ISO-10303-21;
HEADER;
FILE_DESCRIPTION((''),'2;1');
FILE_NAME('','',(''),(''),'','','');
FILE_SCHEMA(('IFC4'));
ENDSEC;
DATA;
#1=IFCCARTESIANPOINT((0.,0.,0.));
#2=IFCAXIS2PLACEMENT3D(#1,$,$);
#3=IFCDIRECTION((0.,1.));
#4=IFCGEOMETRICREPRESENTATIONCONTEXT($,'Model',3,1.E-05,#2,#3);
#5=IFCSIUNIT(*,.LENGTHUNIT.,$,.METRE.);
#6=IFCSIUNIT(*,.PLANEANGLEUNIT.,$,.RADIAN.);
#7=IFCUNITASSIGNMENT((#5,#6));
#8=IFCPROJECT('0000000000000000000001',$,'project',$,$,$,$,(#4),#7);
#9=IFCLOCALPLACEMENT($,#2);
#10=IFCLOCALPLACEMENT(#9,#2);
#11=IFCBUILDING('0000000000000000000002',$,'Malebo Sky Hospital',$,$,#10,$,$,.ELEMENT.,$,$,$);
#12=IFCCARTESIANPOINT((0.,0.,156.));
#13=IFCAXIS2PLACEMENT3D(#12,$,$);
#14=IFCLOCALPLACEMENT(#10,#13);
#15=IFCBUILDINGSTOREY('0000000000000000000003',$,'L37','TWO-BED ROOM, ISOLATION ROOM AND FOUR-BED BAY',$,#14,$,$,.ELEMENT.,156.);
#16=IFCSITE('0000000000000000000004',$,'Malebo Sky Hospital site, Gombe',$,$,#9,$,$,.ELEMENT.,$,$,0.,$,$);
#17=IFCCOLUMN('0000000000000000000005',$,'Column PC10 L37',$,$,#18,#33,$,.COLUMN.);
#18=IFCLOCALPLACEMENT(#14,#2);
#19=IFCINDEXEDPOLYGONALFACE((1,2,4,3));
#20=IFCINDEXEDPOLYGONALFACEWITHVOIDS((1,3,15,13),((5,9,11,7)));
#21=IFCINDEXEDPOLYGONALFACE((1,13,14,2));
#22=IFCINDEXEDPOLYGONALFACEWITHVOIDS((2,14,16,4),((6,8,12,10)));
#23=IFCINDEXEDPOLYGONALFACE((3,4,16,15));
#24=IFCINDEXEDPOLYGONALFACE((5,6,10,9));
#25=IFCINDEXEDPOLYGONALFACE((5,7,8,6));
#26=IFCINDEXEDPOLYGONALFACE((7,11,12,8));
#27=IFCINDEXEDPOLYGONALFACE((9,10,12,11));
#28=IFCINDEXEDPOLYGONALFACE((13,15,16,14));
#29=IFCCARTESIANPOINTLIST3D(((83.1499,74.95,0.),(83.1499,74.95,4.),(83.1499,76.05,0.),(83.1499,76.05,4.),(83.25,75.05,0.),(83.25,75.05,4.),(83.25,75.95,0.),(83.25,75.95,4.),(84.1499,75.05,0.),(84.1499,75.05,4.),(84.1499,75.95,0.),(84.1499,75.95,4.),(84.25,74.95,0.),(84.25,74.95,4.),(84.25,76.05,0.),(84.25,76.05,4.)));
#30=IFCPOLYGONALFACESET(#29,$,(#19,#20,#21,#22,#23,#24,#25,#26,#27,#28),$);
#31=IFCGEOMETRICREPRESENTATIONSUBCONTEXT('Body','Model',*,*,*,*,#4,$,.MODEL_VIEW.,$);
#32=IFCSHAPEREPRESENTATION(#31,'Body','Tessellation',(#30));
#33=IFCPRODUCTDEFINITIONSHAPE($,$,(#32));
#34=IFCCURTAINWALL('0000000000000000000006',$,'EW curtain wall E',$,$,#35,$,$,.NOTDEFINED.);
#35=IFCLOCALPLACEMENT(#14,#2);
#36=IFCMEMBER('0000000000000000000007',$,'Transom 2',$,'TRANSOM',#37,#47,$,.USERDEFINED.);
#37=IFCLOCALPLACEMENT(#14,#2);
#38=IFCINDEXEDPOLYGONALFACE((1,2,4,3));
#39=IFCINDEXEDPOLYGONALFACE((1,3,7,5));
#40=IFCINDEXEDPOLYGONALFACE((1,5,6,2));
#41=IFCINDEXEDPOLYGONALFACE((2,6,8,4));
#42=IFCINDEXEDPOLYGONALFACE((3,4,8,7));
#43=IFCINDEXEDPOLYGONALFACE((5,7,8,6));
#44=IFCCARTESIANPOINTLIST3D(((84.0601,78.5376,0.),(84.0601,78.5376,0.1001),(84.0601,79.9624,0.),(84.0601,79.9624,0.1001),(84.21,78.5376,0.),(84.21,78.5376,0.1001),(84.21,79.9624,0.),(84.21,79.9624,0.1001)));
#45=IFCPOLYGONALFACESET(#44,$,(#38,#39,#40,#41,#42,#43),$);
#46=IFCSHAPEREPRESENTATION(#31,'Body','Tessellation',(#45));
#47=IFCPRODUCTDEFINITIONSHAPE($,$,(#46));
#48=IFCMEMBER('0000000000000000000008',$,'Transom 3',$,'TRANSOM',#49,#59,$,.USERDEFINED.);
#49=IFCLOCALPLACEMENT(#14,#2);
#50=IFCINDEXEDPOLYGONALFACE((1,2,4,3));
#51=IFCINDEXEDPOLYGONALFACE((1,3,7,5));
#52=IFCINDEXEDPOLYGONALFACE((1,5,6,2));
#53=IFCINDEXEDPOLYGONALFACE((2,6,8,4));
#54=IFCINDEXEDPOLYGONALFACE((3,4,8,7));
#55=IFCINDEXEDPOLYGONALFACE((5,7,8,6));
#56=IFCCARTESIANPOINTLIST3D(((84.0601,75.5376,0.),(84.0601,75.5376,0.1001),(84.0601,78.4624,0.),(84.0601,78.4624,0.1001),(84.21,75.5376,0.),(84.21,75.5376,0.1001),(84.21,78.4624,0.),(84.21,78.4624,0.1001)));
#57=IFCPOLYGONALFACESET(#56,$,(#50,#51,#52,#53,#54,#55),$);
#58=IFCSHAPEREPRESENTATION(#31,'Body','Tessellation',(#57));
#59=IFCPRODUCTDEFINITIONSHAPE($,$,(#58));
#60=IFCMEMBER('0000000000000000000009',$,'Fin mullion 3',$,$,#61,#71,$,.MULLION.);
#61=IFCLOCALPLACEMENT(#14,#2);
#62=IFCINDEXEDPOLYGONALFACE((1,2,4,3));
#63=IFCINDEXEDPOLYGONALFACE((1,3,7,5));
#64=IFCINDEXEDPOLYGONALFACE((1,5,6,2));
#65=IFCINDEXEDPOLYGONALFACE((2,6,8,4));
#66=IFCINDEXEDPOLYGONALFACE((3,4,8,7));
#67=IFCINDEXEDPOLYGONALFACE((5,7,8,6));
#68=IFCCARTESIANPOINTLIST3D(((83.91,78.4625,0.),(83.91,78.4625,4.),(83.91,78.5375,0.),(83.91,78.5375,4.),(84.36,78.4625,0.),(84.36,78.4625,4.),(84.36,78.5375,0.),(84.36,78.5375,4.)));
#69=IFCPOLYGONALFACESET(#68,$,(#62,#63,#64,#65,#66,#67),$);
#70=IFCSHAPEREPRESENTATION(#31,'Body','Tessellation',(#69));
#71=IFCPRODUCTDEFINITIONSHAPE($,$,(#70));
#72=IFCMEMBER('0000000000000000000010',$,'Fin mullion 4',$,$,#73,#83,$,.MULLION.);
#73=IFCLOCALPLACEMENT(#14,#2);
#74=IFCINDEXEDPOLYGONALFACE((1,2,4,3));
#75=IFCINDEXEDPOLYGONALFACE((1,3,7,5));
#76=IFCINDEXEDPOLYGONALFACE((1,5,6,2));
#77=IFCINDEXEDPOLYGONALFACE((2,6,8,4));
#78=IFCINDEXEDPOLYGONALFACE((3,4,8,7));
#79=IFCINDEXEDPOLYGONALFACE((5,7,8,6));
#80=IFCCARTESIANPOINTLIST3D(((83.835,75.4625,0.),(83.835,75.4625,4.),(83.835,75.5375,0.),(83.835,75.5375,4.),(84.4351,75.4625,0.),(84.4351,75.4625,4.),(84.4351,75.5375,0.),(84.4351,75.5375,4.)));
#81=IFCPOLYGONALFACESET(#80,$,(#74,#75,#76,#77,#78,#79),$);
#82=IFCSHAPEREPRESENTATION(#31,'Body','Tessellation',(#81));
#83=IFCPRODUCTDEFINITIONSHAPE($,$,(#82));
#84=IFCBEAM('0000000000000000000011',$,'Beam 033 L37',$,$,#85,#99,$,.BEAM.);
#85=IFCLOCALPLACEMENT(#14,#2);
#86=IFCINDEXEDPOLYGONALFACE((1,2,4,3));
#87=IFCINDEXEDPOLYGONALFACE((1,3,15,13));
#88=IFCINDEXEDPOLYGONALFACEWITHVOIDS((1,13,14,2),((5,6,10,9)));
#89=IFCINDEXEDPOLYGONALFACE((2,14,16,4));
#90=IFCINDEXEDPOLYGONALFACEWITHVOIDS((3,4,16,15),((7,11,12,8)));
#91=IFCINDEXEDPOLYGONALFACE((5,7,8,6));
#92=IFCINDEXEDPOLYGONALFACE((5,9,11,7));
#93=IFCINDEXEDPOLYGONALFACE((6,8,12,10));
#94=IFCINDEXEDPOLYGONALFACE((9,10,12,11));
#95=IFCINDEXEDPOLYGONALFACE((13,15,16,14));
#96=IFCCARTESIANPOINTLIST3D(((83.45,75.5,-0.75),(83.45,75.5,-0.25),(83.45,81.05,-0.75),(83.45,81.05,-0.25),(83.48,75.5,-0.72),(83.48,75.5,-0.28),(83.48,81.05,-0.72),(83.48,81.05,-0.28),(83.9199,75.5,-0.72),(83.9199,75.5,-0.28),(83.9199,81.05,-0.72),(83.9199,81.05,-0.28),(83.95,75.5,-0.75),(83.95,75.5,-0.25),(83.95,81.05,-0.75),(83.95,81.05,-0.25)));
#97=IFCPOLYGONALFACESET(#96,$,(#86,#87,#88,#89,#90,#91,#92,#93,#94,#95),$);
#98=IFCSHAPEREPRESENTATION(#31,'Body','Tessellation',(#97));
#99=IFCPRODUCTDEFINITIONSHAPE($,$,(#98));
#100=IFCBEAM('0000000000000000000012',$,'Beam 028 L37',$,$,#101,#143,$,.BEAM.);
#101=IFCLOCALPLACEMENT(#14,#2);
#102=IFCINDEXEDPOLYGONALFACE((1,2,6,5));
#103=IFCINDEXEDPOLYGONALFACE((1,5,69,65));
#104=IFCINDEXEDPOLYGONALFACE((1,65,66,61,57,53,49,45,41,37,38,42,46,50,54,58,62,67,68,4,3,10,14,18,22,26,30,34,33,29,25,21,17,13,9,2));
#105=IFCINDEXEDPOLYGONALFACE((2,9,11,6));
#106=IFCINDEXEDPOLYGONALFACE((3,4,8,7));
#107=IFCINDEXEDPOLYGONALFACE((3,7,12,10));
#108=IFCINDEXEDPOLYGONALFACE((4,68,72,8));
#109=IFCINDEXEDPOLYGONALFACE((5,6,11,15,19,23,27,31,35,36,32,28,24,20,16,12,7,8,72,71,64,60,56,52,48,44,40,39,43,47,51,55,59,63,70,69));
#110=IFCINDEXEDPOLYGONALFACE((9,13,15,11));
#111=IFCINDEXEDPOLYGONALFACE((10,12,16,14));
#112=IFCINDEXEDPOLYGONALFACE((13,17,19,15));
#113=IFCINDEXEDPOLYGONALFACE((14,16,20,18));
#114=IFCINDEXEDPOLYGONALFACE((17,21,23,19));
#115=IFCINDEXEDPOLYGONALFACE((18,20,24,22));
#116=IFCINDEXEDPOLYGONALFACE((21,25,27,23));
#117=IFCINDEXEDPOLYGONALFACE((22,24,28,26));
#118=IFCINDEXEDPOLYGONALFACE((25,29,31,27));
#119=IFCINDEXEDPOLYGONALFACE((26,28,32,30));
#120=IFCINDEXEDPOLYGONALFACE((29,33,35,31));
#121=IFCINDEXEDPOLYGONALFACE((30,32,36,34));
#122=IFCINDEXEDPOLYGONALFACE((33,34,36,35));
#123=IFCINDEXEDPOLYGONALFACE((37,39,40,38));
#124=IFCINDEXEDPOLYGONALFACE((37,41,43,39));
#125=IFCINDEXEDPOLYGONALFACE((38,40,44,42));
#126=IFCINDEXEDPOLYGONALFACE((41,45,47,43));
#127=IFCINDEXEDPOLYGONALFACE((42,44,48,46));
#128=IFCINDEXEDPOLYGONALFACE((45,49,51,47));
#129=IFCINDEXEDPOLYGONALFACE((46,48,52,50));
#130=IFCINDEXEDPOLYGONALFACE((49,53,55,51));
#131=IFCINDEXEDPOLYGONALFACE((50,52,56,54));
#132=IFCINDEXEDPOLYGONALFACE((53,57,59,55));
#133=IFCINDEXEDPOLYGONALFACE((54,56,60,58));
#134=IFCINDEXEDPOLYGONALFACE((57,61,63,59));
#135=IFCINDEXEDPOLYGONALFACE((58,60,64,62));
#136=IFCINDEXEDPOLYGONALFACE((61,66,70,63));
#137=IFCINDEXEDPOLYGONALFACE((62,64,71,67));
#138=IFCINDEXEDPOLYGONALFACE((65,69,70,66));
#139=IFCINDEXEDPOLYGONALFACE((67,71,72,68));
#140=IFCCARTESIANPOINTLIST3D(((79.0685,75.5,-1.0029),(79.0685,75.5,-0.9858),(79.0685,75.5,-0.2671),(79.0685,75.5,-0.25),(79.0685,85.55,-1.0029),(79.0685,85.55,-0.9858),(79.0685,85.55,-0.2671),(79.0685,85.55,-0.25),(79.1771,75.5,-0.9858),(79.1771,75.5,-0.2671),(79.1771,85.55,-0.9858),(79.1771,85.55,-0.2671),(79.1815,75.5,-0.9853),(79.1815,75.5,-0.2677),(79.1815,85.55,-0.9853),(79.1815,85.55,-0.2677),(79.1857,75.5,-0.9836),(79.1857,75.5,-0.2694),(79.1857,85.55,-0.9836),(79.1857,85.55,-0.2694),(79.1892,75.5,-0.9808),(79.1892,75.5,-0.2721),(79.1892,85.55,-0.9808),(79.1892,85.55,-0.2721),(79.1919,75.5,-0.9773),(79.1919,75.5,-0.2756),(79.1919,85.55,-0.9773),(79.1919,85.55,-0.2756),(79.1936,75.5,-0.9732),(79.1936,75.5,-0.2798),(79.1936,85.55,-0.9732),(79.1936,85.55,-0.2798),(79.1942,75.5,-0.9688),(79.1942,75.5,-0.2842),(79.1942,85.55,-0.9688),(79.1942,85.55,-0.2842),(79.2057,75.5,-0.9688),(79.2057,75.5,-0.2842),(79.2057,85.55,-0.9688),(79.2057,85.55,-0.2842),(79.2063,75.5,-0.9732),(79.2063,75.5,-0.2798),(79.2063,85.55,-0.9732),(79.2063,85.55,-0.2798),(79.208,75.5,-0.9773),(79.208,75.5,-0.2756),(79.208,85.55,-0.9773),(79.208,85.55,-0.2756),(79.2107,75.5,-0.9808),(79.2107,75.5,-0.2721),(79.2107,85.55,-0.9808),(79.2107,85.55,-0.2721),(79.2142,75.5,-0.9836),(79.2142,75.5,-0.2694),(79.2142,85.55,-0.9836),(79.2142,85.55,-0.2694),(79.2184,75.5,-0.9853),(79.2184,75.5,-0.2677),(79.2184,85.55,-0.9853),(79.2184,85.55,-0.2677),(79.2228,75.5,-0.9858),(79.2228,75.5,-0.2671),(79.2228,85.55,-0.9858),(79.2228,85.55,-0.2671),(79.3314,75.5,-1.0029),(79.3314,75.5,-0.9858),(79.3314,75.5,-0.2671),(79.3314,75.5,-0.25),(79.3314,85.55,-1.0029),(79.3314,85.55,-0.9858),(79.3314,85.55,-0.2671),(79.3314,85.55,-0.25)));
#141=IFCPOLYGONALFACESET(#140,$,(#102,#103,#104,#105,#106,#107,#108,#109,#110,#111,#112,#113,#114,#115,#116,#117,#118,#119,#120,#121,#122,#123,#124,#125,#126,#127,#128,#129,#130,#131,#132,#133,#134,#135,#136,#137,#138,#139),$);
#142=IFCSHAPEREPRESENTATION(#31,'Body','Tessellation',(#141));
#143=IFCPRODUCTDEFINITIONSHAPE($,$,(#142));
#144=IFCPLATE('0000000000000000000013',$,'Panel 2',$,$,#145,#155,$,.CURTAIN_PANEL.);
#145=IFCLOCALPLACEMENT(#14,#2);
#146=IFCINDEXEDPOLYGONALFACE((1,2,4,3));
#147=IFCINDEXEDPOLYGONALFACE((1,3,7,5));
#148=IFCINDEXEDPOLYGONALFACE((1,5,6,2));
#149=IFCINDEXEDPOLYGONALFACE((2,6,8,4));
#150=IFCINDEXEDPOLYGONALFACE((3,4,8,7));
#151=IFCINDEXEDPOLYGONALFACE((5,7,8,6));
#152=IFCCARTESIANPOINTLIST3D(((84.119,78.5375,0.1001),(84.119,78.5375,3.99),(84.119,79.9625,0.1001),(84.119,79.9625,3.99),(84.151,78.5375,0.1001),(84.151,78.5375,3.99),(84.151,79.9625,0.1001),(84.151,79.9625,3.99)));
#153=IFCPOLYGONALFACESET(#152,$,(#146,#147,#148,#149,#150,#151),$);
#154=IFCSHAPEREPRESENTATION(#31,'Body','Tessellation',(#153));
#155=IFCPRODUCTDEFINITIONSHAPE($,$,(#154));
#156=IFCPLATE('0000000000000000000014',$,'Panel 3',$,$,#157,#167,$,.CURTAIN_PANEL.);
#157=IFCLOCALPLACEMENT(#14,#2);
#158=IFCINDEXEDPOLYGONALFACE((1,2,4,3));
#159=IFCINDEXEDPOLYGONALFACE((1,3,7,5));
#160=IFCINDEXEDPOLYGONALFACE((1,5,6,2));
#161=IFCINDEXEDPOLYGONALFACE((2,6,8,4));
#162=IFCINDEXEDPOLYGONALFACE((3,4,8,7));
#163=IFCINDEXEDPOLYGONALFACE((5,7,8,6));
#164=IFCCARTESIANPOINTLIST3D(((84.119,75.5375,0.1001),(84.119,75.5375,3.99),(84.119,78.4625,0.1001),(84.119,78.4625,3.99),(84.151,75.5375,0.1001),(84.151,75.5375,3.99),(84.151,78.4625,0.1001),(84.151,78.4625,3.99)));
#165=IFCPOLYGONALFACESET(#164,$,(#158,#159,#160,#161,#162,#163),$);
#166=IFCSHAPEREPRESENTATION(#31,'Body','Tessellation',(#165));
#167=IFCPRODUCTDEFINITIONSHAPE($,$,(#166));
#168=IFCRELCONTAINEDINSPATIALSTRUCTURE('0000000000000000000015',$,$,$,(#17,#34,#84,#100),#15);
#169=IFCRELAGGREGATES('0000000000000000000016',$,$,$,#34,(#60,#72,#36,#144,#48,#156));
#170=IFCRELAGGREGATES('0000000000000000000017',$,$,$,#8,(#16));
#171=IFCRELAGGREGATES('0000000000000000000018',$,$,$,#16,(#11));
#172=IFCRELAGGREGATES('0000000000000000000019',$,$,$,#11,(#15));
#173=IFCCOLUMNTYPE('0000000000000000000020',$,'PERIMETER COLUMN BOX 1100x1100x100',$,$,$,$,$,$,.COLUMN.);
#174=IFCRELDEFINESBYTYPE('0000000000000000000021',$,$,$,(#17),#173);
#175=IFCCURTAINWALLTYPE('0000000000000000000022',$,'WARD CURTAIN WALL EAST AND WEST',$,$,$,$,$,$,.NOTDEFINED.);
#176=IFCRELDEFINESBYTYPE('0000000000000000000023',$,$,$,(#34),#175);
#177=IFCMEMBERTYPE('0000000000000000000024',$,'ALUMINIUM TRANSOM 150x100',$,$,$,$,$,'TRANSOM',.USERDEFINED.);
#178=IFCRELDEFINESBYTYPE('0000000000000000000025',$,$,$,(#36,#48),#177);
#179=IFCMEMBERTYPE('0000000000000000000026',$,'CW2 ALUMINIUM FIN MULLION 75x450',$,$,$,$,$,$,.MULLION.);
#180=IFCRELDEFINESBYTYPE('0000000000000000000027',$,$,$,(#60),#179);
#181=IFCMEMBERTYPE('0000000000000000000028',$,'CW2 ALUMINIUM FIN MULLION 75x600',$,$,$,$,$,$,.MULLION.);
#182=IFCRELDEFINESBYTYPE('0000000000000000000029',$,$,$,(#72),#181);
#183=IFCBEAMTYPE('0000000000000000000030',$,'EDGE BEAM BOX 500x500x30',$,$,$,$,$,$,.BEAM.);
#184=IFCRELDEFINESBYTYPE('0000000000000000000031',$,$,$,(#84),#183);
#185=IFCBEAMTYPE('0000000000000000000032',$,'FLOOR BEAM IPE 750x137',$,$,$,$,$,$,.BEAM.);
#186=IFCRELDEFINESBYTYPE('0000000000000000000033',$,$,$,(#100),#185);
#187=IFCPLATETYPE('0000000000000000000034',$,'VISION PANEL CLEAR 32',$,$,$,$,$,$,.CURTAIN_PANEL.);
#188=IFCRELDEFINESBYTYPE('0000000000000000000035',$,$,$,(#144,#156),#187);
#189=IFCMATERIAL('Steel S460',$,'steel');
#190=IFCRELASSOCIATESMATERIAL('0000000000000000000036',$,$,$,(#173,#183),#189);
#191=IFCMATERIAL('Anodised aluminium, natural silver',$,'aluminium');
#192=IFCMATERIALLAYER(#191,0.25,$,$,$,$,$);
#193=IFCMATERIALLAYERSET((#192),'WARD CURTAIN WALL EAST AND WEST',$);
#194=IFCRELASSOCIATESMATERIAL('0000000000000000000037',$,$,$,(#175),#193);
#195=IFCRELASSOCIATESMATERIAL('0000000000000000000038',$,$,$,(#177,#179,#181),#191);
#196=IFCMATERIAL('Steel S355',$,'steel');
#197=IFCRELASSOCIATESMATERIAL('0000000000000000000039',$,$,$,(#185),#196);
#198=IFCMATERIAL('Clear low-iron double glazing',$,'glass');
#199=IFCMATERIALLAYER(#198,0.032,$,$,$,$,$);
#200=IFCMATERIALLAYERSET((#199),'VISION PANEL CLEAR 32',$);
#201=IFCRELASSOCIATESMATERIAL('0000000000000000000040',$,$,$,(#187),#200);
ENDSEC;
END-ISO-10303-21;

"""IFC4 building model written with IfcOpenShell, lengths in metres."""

from ifc_helpers import new_model, si_unit, direction, frame, origin, origin_2d, place, context, subcontext, project, spatial, rectangle, hollow_rectangle, i_section, extrude, material, layer, layer_set, material_profile, profile_set, type_object, element, aggregate, save


model = new_model("IFC4")

# Units and contexts
model_context = context("Model", 3, precision=1e-05, world=origin(), true_north=direction((0.0, 1.0)))
body_context = subcontext(model_context, "Body", "Model", "MODEL_VIEW")
ifc_project = project(units=[si_unit("LENGTHUNIT", "METRE"), si_unit("PLANEANGLEUNIT", "RADIAN")], contexts=[model_context])

# Site, building, storey
site_placement = place(None, origin())
site = spatial("IfcSite", under=ifc_project, at=site_placement, Name="Malebo Sky Hospital site, Gombe", CompositionType="ELEMENT", RefElevation=0.0)
building_placement = place(site_placement, origin())
building = spatial("IfcBuilding", under=site, at=building_placement, Name="Malebo Sky Hospital", CompositionType="ELEMENT")
storey_placement = place(building_placement, frame((0.0, 0.0, 156.0)))
storey = spatial("IfcBuildingStorey", under=building, at=storey_placement, Name="L37", Description="TWO-BED ROOM, ISOLATION ROOM AND FOUR-BED BAY", CompositionType="ELEMENT", Elevation=156.0)

# Column
ifc_material_1 = material(Name="Steel S460", Category="steel")
ifc_material_profile_1 = material_profile(ifc_material_1, hollow_rectangle(XDim=1.1001, YDim=1.1001, WallThickness=0.1001, at=origin_2d()), Name="BOX 1100x1100x100")
ifc_profile_set_1 = profile_set([ifc_material_profile_1], Name="Steel S460")
column_type = type_object("IfcColumnType", Name="PERIMETER COLUMN BOX 1100x1100x100", PredefinedType="COLUMN", material=ifc_profile_set_1)
column_placement = place(storey_placement, frame((83.7, 75.5, 0.0), z_axis=(0.0, 0.0, 1.0), x_axis=(1.0, 0.0, 0.0)))
element("IfcColumn", 1, at=column_placement, inside=storey, type_object=column_type, Name="Column PC10 L37", PredefinedType="COLUMN", context=body_context, shape_type="SweptSolid", body=[
    extrude(hollow_rectangle(XDim=1.1001, YDim=1.1001, WallThickness=0.1001, at=origin_2d()), origin(), (0.0, 0.0, 1.0), 4.0),
])

# Curtain wall, members
ifc_material_2 = material(Name="Anodised aluminium, natural silver", Category="aluminium")
ifc_layer_1 = layer(ifc_material_2, 0.25)
ifc_layer_set_1 = layer_set([ifc_layer_1], Name="WARD CURTAIN WALL EAST AND WEST")
curtain_wall_type = type_object("IfcCurtainWallType", Name="WARD CURTAIN WALL EAST AND WEST", PredefinedType="NOTDEFINED", material=ifc_layer_set_1)
curtain_wall_placement = place(storey_placement, origin())
curtain_wall = element("IfcCurtainWall", 2, at=curtain_wall_placement, inside=storey, type_object=curtain_wall_type, Name="EW curtain wall E", PredefinedType="NOTDEFINED")
ifc_material_profile_2 = material_profile(ifc_material_2, rectangle(XDim=0.1499, YDim=0.1001, at=origin_2d()), Name="ALUMINIUM TRANSOM 150x100")
ifc_profile_set_2 = profile_set([ifc_material_profile_2], Name="Anodised aluminium, natural silver")
member_type_1 = type_object("IfcMemberType", Name="ALUMINIUM TRANSOM 150x100", ElementType="TRANSOM", PredefinedType="USERDEFINED", material=ifc_profile_set_2)
member_1_placement = place(storey_placement, frame((84.135, 79.9624, 0.05), z_axis=(0.0, -1.0, 0.0), x_axis=(1.0, 0.0, 0.0)))
member_1 = element("IfcMember", 3, at=member_1_placement, type_object=member_type_1, Name="Transom 2", ObjectType="TRANSOM", PredefinedType="USERDEFINED", context=body_context, shape_type="SweptSolid", body=[
    extrude(rectangle(XDim=0.1499, YDim=0.1001, at=origin_2d()), origin(), (0.0, 0.0, 1.0), 1.4248),
])
member_2_placement = place(storey_placement, frame((84.135, 78.4624, 0.05), z_axis=(0.0, -1.0, 0.0), x_axis=(1.0, 0.0, 0.0)))
member_2 = element("IfcMember", 4, at=member_2_placement, type_object=member_type_1, Name="Transom 3", ObjectType="TRANSOM", PredefinedType="USERDEFINED", context=body_context, shape_type="SweptSolid", body=[
    extrude(rectangle(XDim=0.1499, YDim=0.1001, at=origin_2d()), origin(), (0.0, 0.0, 1.0), 2.9248),
])
ifc_material_profile_3 = material_profile(ifc_material_2, rectangle(XDim=0.075, YDim=0.45, at=origin_2d()), Name="CW2 ALUMINIUM FIN MULLION 75x450")
ifc_profile_set_3 = profile_set([ifc_material_profile_3], Name="Anodised aluminium, natural silver")
member_type_2 = type_object("IfcMemberType", Name="CW2 ALUMINIUM FIN MULLION 75x450", PredefinedType="MULLION", material=ifc_profile_set_3)
member_3_placement = place(storey_placement, frame((84.135, 78.5, 0.0), z_axis=(0.0, 0.0, 1.0), x_axis=(0.0, -1.0, 0.0)))
member_3 = element("IfcMember", 5, at=member_3_placement, type_object=member_type_2, Name="Fin mullion 3", PredefinedType="MULLION", context=body_context, shape_type="SweptSolid", body=[
    extrude(rectangle(XDim=0.075, YDim=0.45, at=origin_2d()), origin(), (0.0, 0.0, 1.0), 4.0),
])
ifc_material_profile_4 = material_profile(ifc_material_2, rectangle(XDim=0.075, YDim=0.6001, at=origin_2d()), Name="CW2 ALUMINIUM FIN MULLION 75x600")
ifc_profile_set_4 = profile_set([ifc_material_profile_4], Name="Anodised aluminium, natural silver")
member_type_3 = type_object("IfcMemberType", Name="CW2 ALUMINIUM FIN MULLION 75x600", PredefinedType="MULLION", material=ifc_profile_set_4)
member_4_placement = place(storey_placement, frame((84.135, 75.5, 0.0), z_axis=(0.0, 0.0, 1.0), x_axis=(0.0, -1.0, 0.0)))
member_4 = element("IfcMember", 6, at=member_4_placement, type_object=member_type_3, Name="Fin mullion 4", PredefinedType="MULLION", context=body_context, shape_type="SweptSolid", body=[
    extrude(rectangle(XDim=0.075, YDim=0.6001, at=origin_2d()), origin(), (0.0, 0.0, 1.0), 4.0),
])

# Beams
ifc_material_profile_5 = material_profile(ifc_material_1, hollow_rectangle(XDim=0.5, YDim=0.5, WallThickness=0.03, at=origin_2d()), Name="BOX 500x500x30")
ifc_profile_set_5 = profile_set([ifc_material_profile_5], Name="Steel S460")
beam_type_1 = type_object("IfcBeamType", Name="EDGE BEAM BOX 500x500x30", PredefinedType="BEAM", material=ifc_profile_set_5)
beam_1_placement = place(storey_placement, frame((83.7, 75.5, -0.5), z_axis=(0.0, 1.0, 0.0), x_axis=(-1.0, 0.0, 0.0)))
element("IfcBeam", 7, at=beam_1_placement, inside=storey, type_object=beam_type_1, Name="Beam 033 L37", PredefinedType="BEAM", context=body_context, shape_type="SweptSolid", body=[
    extrude(hollow_rectangle(XDim=0.5, YDim=0.5, WallThickness=0.03, at=origin_2d()), origin(), (0.0, 0.0, 1.0), 5.55),
])
ifc_material_3 = material(Name="Steel S355", Category="steel")
ifc_material_profile_6 = material_profile(ifc_material_3, i_section(OverallWidth=0.2629, OverallDepth=0.7529, WebThickness=0.0115, FlangeThickness=0.0171, FilletRadius=0.0171, at=origin_2d()), Name="IPE 750x137")
ifc_profile_set_6 = profile_set([ifc_material_profile_6], Name="Steel S355")
beam_type_2 = type_object("IfcBeamType", Name="FLOOR BEAM IPE 750x137", PredefinedType="BEAM", material=ifc_profile_set_6)
beam_2_placement = place(storey_placement, frame((79.2, 75.5, -0.6265), z_axis=(0.0, 1.0, 0.0), x_axis=(-1.0, 0.0, 0.0)))
element("IfcBeam", 8, at=beam_2_placement, inside=storey, type_object=beam_type_2, Name="Beam 028 L37", PredefinedType="BEAM", context=body_context, shape_type="SweptSolid", body=[
    extrude(i_section(OverallWidth=0.2629, OverallDepth=0.7529, WebThickness=0.0115, FlangeThickness=0.0171, FilletRadius=0.0171, at=origin_2d()), origin(), (0.0, 0.0, 1.0), 10.05),
])

# Plates
ifc_material_4 = material(Name="Clear low-iron double glazing", Category="glass")
ifc_layer_2 = layer(ifc_material_4, 0.032)
ifc_layer_set_2 = layer_set([ifc_layer_2], Name="VISION PANEL CLEAR 32")
plate_type = type_object("IfcPlateType", Name="VISION PANEL CLEAR 32", PredefinedType="CURTAIN_PANEL", material=ifc_layer_set_2)
plate_1_placement = place(storey_placement, frame((84.135, 79.25, 0.1001), z_axis=(0.0, 0.0, 1.0), x_axis=(0.0, -1.0, 0.0)))
plate_1 = element("IfcPlate", 9, at=plate_1_placement, type_object=plate_type, Name="Panel 2", PredefinedType="CURTAIN_PANEL", context=body_context, shape_type="SweptSolid", body=[
    extrude(rectangle(XDim=1.425, YDim=0.032, at=origin_2d()), origin(), (0.0, 0.0, 1.0), 3.8899),
])
plate_2_placement = place(storey_placement, frame((84.135, 77.0, 0.1001), z_axis=(0.0, 0.0, 1.0), x_axis=(0.0, -1.0, 0.0)))
plate_2 = element("IfcPlate", 10, at=plate_2_placement, type_object=plate_type, Name="Panel 3", PredefinedType="CURTAIN_PANEL", context=body_context, shape_type="SweptSolid", body=[
    extrude(rectangle(XDim=2.925, YDim=0.032, at=origin_2d()), origin(), (0.0, 0.0, 1.0), 3.8899),
])
aggregate(curtain_wall, [member_3, member_4, member_1, plate_1, member_2, plate_2])

save(model, "model.ifc")
